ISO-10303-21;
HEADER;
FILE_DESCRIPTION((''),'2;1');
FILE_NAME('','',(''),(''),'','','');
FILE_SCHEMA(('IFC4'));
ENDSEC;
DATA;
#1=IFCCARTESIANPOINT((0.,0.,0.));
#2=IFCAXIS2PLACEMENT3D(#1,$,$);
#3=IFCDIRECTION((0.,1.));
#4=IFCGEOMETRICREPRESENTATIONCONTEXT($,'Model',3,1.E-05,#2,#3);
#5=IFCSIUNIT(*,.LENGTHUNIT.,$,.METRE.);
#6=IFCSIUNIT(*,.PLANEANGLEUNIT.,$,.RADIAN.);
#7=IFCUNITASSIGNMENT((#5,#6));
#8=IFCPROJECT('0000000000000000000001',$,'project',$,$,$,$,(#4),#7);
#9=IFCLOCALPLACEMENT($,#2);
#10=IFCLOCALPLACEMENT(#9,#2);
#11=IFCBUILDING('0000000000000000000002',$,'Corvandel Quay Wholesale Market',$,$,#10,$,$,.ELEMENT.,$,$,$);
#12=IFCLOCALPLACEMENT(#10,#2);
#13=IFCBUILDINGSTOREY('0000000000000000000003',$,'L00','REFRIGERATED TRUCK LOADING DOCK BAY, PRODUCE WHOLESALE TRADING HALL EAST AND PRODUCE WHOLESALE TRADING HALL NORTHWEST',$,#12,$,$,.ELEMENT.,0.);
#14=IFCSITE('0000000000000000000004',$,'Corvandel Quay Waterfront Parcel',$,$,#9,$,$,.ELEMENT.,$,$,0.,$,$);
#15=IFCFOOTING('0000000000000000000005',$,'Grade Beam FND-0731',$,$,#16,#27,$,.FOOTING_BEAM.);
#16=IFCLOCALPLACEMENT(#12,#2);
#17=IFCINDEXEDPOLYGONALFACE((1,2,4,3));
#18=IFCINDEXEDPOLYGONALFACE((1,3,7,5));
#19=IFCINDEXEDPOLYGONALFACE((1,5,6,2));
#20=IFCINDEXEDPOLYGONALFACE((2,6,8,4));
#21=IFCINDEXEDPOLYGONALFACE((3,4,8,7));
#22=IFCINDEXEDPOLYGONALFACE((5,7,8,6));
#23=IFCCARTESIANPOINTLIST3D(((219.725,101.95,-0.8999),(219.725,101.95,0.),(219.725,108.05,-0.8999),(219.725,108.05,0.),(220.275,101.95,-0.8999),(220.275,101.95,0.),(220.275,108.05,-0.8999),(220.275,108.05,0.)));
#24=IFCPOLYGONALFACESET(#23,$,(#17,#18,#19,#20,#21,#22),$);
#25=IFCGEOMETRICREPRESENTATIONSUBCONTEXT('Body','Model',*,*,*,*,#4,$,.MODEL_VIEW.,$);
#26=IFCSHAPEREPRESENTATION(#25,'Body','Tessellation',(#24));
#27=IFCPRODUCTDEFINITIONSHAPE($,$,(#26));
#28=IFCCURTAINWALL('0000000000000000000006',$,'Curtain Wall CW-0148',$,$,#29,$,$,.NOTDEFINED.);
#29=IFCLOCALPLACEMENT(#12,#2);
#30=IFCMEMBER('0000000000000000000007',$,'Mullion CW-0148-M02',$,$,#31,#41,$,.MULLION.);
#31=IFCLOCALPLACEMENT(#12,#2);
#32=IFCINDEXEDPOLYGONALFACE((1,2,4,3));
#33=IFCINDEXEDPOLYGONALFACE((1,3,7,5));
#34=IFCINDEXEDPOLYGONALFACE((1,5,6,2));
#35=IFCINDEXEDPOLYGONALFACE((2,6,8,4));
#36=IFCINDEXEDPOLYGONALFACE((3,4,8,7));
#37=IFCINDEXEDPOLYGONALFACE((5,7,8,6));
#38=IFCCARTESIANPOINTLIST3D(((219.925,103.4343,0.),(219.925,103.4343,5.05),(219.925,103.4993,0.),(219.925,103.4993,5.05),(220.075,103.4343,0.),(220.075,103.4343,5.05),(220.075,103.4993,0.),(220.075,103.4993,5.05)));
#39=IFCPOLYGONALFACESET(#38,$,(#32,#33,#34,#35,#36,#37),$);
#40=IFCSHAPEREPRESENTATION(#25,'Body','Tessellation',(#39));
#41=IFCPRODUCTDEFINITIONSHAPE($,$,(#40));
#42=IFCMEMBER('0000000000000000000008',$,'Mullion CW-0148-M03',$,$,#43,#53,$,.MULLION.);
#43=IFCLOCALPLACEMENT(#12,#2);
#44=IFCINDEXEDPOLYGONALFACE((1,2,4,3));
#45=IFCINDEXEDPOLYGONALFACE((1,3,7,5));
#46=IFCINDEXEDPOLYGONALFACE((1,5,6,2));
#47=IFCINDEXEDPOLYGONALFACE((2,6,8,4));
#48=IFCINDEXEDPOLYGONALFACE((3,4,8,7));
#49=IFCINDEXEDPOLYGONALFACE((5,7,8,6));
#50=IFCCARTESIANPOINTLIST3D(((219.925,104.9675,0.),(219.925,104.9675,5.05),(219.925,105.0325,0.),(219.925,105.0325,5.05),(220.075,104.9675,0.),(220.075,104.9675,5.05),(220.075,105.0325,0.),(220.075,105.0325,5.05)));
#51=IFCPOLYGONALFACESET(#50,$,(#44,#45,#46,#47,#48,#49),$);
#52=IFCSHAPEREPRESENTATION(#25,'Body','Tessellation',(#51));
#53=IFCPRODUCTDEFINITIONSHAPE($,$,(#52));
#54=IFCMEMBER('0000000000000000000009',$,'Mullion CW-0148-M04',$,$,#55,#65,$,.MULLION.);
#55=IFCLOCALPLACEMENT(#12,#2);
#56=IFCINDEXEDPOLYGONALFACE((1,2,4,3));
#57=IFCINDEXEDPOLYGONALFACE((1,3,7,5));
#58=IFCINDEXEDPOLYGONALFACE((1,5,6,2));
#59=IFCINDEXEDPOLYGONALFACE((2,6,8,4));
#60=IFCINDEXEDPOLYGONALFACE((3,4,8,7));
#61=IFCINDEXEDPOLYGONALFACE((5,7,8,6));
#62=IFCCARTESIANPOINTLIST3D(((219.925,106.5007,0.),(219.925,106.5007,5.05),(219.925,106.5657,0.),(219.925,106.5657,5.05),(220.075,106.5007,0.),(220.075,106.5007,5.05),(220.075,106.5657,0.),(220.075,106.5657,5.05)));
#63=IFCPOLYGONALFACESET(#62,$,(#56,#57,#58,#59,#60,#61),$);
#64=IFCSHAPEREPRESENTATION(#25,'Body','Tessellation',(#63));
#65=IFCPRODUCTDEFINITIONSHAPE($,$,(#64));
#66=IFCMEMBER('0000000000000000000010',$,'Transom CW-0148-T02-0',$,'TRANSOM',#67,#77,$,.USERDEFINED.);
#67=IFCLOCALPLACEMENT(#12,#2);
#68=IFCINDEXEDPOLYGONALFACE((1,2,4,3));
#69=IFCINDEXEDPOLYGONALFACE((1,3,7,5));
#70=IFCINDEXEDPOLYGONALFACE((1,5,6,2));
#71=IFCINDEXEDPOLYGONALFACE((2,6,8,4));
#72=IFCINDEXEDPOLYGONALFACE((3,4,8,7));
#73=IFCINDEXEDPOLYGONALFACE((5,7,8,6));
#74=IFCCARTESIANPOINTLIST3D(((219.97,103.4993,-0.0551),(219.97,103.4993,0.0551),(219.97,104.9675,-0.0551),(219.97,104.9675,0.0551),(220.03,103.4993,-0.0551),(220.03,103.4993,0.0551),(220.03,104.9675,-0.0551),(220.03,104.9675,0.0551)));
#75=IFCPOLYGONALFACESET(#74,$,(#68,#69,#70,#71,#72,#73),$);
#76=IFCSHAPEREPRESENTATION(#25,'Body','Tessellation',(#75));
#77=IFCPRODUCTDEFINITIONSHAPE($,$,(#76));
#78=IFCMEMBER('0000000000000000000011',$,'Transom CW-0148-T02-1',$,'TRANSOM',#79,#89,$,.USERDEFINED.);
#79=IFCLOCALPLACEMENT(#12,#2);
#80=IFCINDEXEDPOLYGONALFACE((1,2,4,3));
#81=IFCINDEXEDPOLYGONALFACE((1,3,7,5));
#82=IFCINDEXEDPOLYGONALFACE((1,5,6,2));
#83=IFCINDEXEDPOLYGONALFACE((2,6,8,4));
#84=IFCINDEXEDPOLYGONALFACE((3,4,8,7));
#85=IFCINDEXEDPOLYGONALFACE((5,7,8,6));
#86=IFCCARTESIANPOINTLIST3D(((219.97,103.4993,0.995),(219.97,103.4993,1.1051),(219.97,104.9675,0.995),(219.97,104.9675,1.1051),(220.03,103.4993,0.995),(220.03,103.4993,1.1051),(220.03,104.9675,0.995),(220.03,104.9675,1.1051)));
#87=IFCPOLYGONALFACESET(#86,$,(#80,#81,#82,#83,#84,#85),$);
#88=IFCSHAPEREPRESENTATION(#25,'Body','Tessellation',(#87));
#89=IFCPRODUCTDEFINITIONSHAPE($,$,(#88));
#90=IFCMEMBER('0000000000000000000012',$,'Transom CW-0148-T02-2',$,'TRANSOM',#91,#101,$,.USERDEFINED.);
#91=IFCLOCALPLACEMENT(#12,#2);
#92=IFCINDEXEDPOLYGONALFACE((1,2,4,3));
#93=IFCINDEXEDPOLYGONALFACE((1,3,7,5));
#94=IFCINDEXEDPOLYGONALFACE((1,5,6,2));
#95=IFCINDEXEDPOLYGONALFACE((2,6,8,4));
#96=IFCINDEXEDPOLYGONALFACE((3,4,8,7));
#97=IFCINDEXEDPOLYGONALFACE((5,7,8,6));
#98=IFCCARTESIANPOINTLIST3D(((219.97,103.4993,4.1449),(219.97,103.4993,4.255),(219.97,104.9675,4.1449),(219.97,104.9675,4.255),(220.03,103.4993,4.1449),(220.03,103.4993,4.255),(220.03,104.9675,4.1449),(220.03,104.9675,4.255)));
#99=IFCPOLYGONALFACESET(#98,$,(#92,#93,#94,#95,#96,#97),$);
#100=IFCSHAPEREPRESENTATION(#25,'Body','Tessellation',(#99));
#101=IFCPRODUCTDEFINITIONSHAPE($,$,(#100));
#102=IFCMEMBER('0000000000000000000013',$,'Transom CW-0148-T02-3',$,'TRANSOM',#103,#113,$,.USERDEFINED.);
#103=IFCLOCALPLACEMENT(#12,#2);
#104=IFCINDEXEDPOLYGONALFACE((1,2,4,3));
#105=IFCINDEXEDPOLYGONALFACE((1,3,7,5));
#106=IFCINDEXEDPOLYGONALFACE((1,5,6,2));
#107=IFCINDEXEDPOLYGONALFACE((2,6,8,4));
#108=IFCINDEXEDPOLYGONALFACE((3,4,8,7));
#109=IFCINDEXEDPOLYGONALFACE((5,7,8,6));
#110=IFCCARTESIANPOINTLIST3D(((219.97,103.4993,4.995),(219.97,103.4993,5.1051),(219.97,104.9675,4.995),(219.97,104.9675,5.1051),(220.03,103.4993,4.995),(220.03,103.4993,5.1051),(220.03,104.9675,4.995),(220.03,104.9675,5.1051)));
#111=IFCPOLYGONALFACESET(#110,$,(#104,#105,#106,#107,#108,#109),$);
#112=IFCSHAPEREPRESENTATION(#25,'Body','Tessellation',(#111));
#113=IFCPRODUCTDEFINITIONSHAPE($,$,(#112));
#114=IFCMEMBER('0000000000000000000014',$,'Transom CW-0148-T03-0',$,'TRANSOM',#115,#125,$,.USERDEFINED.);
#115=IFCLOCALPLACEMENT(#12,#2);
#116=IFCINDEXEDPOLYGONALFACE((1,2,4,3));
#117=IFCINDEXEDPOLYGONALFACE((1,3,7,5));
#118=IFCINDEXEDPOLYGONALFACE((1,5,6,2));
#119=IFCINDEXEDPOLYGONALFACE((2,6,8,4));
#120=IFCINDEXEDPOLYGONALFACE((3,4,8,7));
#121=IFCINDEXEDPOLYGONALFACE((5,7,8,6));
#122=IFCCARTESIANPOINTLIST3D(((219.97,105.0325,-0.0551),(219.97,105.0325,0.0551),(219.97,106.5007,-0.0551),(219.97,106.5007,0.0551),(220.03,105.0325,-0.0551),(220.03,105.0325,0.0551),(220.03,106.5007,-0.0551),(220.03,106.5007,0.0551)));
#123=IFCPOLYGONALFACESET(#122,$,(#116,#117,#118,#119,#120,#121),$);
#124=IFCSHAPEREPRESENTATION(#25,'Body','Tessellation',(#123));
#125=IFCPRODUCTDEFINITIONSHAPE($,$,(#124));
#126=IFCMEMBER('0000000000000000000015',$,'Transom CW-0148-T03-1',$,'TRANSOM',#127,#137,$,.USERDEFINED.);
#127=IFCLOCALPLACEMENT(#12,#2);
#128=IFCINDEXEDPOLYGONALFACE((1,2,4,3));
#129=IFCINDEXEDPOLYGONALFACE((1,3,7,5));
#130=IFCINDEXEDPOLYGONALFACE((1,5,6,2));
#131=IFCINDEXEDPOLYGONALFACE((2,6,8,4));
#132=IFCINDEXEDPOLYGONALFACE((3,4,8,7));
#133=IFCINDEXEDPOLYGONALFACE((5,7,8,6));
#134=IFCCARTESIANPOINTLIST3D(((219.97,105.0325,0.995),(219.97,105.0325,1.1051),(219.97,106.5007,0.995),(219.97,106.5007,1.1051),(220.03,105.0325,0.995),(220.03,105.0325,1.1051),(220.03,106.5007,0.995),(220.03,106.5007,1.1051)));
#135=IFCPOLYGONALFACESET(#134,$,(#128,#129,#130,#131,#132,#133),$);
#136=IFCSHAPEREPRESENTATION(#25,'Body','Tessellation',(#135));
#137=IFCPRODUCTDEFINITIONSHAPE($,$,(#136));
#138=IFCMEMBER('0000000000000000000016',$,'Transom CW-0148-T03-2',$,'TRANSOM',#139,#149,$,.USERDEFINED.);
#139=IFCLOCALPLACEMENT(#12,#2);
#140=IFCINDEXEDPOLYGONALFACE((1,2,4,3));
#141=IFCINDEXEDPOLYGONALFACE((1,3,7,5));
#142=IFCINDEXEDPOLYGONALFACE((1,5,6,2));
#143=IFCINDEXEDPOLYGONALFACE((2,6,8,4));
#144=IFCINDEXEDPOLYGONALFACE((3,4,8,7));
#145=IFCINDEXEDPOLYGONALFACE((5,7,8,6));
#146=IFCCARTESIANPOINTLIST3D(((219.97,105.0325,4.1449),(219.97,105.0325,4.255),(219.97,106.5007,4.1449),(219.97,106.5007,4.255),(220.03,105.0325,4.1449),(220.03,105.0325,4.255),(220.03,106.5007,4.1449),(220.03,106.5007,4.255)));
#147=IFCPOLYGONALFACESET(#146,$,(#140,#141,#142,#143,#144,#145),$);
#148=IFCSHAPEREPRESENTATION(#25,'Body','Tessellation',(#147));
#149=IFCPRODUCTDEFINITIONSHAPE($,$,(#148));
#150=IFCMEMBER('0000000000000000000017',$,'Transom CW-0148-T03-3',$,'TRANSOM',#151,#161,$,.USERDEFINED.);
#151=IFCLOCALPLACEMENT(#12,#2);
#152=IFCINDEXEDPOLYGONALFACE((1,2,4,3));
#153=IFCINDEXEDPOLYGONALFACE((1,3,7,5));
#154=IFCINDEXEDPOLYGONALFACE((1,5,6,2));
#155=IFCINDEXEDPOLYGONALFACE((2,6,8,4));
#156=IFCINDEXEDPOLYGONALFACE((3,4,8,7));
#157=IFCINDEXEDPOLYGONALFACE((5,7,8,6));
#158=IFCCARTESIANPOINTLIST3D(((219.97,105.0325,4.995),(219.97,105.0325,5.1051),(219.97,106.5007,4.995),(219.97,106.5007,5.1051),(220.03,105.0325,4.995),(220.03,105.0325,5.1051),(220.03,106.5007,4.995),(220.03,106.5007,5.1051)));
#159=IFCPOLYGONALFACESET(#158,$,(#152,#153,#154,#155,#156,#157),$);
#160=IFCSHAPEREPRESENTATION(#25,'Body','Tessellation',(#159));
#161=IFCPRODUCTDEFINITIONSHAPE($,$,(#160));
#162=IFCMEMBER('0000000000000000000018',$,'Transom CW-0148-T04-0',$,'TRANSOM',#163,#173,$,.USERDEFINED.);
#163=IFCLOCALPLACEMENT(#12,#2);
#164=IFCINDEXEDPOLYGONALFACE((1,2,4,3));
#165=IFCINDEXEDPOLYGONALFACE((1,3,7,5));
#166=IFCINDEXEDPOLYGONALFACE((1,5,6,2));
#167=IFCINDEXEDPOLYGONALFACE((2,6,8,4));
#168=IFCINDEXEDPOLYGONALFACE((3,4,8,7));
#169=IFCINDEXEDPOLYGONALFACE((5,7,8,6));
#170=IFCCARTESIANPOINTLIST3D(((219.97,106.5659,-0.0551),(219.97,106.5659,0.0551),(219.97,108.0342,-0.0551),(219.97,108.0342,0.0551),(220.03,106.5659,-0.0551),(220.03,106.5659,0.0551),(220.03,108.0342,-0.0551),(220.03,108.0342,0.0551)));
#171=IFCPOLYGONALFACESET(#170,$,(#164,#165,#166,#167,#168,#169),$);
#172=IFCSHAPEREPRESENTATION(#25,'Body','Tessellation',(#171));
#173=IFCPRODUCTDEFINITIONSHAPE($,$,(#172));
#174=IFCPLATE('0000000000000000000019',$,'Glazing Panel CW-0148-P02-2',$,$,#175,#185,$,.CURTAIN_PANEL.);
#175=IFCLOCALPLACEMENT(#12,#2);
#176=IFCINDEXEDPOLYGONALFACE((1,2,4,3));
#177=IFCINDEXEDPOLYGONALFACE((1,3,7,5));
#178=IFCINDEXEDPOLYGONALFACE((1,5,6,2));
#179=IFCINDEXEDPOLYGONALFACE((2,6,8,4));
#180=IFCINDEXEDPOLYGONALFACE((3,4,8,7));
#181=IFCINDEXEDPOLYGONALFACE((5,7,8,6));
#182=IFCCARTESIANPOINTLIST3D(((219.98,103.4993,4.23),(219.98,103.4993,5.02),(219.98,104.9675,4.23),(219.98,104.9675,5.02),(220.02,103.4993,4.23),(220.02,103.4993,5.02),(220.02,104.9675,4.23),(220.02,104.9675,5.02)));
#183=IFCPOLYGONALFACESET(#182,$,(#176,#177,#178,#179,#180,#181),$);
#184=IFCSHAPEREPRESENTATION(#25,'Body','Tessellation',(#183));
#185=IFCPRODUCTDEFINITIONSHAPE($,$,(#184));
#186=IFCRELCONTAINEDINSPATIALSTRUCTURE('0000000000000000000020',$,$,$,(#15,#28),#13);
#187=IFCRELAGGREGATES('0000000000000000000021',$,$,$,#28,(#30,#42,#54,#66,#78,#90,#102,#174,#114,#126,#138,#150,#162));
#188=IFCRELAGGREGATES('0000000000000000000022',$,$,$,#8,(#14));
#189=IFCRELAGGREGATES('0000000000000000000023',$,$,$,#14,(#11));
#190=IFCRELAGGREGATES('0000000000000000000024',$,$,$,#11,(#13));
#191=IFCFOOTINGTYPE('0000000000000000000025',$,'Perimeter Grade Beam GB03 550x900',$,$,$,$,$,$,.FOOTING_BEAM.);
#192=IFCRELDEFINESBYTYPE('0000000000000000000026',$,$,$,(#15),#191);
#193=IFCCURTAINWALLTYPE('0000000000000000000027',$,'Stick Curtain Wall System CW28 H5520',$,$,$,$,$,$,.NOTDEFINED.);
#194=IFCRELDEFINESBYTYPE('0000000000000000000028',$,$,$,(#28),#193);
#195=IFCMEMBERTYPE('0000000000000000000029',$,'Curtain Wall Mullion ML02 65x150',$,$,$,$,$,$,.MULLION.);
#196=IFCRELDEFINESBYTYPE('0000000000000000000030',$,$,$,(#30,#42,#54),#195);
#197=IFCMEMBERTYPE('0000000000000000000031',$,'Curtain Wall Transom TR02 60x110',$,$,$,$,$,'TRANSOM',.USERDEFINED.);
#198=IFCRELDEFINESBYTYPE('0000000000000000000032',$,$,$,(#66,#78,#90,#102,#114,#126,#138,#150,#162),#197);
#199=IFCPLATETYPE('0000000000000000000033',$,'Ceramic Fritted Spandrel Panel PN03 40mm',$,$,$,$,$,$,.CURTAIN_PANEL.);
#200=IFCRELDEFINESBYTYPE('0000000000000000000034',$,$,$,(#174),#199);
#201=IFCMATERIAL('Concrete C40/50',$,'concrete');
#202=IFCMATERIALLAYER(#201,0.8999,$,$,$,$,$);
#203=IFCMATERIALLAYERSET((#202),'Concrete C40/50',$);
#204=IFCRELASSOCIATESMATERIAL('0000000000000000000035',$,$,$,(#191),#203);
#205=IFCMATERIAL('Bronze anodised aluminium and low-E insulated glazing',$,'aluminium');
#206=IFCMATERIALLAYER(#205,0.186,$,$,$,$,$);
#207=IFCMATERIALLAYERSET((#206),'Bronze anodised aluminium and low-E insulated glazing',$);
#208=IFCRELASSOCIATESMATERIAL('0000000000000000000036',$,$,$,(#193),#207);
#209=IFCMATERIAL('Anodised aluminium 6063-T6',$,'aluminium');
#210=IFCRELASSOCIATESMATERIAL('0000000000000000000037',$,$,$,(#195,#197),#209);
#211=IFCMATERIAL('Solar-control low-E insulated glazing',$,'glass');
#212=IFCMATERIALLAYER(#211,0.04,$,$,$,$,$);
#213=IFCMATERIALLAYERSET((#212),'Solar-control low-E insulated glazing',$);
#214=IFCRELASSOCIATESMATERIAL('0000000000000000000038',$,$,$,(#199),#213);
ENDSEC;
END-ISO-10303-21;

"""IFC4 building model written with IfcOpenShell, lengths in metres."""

from ifc_helpers import new_model, si_unit, direction, frame, origin, origin_2d, place, context, subcontext, project, spatial, rectangle, extrude, material, layer, layer_set, material_profile, profile_set, type_object, element, aggregate, save


model = new_model("IFC4")

# Units and contexts
model_context = context("Model", 3, precision=1e-05, world=origin(), true_north=direction((0.0, 1.0)))
body_context = subcontext(model_context, "Body", "Model", "MODEL_VIEW")
ifc_project = project(units=[si_unit("LENGTHUNIT", "METRE"), si_unit("PLANEANGLEUNIT", "RADIAN")], contexts=[model_context])

# Site, building, storey
site_placement = place(None, origin())
site = spatial("IfcSite", under=ifc_project, at=site_placement, Name="Corvandel Quay Waterfront Parcel", CompositionType="ELEMENT", RefElevation=0.0)
building_placement = place(site_placement, origin())
building = spatial("IfcBuilding", under=site, at=building_placement, Name="Corvandel Quay Wholesale Market", CompositionType="ELEMENT")
storey_placement = place(building_placement, origin())
storey = spatial("IfcBuildingStorey", under=building, at=storey_placement, Name="L00", Description="REFRIGERATED TRUCK LOADING DOCK BAY, PRODUCE WHOLESALE TRADING HALL EAST AND PRODUCE WHOLESALE TRADING HALL NORTHWEST", CompositionType="ELEMENT", Elevation=0.0)

# Footing
ifc_material_1 = material(Name="Concrete C40/50", Category="concrete")
ifc_layer_1 = layer(ifc_material_1, 0.8999)
ifc_layer_set_1 = layer_set([ifc_layer_1], Name="Concrete C40/50")
footing_type = type_object("IfcFootingType", Name="Perimeter Grade Beam GB03 550x900", PredefinedType="FOOTING_BEAM", material=ifc_layer_set_1)
footing_placement = place(storey_placement, frame((220.0, 105.0, -0.8999), z_axis=(0.0, 0.0, 1.0), x_axis=(0.0, 1.0, 0.0)))
element("IfcFooting", 1, at=footing_placement, inside=storey, type_object=footing_type, Name="Grade Beam FND-0731", PredefinedType="FOOTING_BEAM", context=body_context, shape_type="SweptSolid", body=[
    extrude(rectangle(XDim=6.1001, YDim=0.55, at=origin_2d()), origin(), (0.0, 0.0, 1.0), 0.8999),
])

# Curtain wall, members, plate
ifc_material_2 = material(Name="Bronze anodised aluminium and low-E insulated glazing", Category="aluminium")
ifc_layer_2 = layer(ifc_material_2, 0.186)
ifc_layer_set_2 = layer_set([ifc_layer_2], Name="Bronze anodised aluminium and low-E insulated glazing")
curtain_wall_type = type_object("IfcCurtainWallType", Name="Stick Curtain Wall System CW28 H5520", PredefinedType="NOTDEFINED", material=ifc_layer_set_2)
curtain_wall_placement = place(storey_placement, origin())
curtain_wall = element("IfcCurtainWall", 2, at=curtain_wall_placement, inside=storey, type_object=curtain_wall_type, Name="Curtain Wall CW-0148", PredefinedType="NOTDEFINED")
ifc_material_3 = material(Name="Anodised aluminium 6063-T6", Category="aluminium")
ifc_material_profile_1 = material_profile(ifc_material_3, rectangle(XDim=0.0649, YDim=0.1499, at=origin_2d()), Name="ALU-MUL-65x150")
ifc_profile_set_1 = profile_set([ifc_material_profile_1], Name="Anodised aluminium 6063-T6")
member_type_1 = type_object("IfcMemberType", Name="Curtain Wall Mullion ML02 65x150", PredefinedType="MULLION", material=ifc_profile_set_1)
member_1_placement = place(storey_placement, frame((220.0, 103.4668, 0.0), z_axis=(0.0, 0.0, 1.0), x_axis=(0.0, 1.0, 0.0)))
member_1 = element("IfcMember", 3, at=member_1_placement, type_object=member_type_1, Name="Mullion CW-0148-M02", PredefinedType="MULLION", context=body_context, shape_type="SweptSolid", body=[
    extrude(rectangle(XDim=0.0649, YDim=0.1499, at=origin_2d()), origin(), (0.0, 0.0, 1.0), 5.05),
])
member_2_placement = place(storey_placement, frame((220.0, 105.0, 0.0), z_axis=(0.0, 0.0, 1.0), x_axis=(0.0, 1.0, 0.0)))
member_2 = element("IfcMember", 4, at=member_2_placement, type_object=member_type_1, Name="Mullion CW-0148-M03", PredefinedType="MULLION", context=body_context, shape_type="SweptSolid", body=[
    extrude(rectangle(XDim=0.0649, YDim=0.1499, at=origin_2d()), origin(), (0.0, 0.0, 1.0), 5.05),
])
member_3_placement = place(storey_placement, frame((220.0, 106.5332, 0.0), z_axis=(0.0, 0.0, 1.0), x_axis=(0.0, 1.0, 0.0)))
member_3 = element("IfcMember", 5, at=member_3_placement, type_object=member_type_1, Name="Mullion CW-0148-M04", PredefinedType="MULLION", context=body_context, shape_type="SweptSolid", body=[
    extrude(rectangle(XDim=0.0649, YDim=0.1499, at=origin_2d()), origin(), (0.0, 0.0, 1.0), 5.05),
])
ifc_material_profile_2 = material_profile(ifc_material_3, rectangle(XDim=0.0601, YDim=0.1101, at=origin_2d()), Name="ALU-TRN-60x110")
ifc_profile_set_2 = profile_set([ifc_material_profile_2], Name="Anodised aluminium 6063-T6")
member_type_2 = type_object("IfcMemberType", Name="Curtain Wall Transom TR02 60x110", ElementType="TRANSOM", PredefinedType="USERDEFINED", material=ifc_profile_set_2)
member_4_placement = place(storey_placement, frame((220.0, 103.4993, 0.0), z_axis=(0.0, 1.0, 0.0), x_axis=(-1.0, 0.0, 0.0)))
member_4 = element("IfcMember", 6, at=member_4_placement, type_object=member_type_2, Name="Transom CW-0148-T02-0", ObjectType="TRANSOM", PredefinedType="USERDEFINED", context=body_context, shape_type="SweptSolid", body=[
    extrude(rectangle(XDim=0.0601, YDim=0.1101, at=origin_2d()), origin(), (0.0, 0.0, 1.0), 1.4683),
])
member_5_placement = place(storey_placement, frame((220.0, 103.4993, 1.05), z_axis=(0.0, 1.0, 0.0), x_axis=(-1.0, 0.0, 0.0)))
member_5 = element("IfcMember", 7, at=member_5_placement, type_object=member_type_2, Name="Transom CW-0148-T02-1", ObjectType="TRANSOM", PredefinedType="USERDEFINED", context=body_context, shape_type="SweptSolid", body=[
    extrude(rectangle(XDim=0.0601, YDim=0.1101, at=origin_2d()), origin(), (0.0, 0.0, 1.0), 1.4683),
])
member_6_placement = place(storey_placement, frame((220.0, 103.4993, 4.2), z_axis=(0.0, 1.0, 0.0), x_axis=(-1.0, 0.0, 0.0)))
member_6 = element("IfcMember", 8, at=member_6_placement, type_object=member_type_2, Name="Transom CW-0148-T02-2", ObjectType="TRANSOM", PredefinedType="USERDEFINED", context=body_context, shape_type="SweptSolid", body=[
    extrude(rectangle(XDim=0.0601, YDim=0.1101, at=origin_2d()), origin(), (0.0, 0.0, 1.0), 1.4683),
])
member_7_placement = place(storey_placement, frame((220.0, 103.4993, 5.05), z_axis=(0.0, 1.0, 0.0), x_axis=(-1.0, 0.0, 0.0)))
member_7 = element("IfcMember", 9, at=member_7_placement, type_object=member_type_2, Name="Transom CW-0148-T02-3", ObjectType="TRANSOM", PredefinedType="USERDEFINED", context=body_context, shape_type="SweptSolid", body=[
    extrude(rectangle(XDim=0.0601, YDim=0.1101, at=origin_2d()), origin(), (0.0, 0.0, 1.0), 1.4683),
])
member_8_placement = place(storey_placement, frame((220.0, 105.0325, 0.0), z_axis=(0.0, 1.0, 0.0), x_axis=(-1.0, 0.0, 0.0)))
member_8 = element("IfcMember", 10, at=member_8_placement, type_object=member_type_2, Name="Transom CW-0148-T03-0", ObjectType="TRANSOM", PredefinedType="USERDEFINED", context=body_context, shape_type="SweptSolid", body=[
    extrude(rectangle(XDim=0.0601, YDim=0.1101, at=origin_2d()), origin(), (0.0, 0.0, 1.0), 1.4683),
])
member_9_placement = place(storey_placement, frame((220.0, 105.0325, 1.05), z_axis=(0.0, 1.0, 0.0), x_axis=(-1.0, 0.0, 0.0)))
member_9 = element("IfcMember", 11, at=member_9_placement, type_object=member_type_2, Name="Transom CW-0148-T03-1", ObjectType="TRANSOM", PredefinedType="USERDEFINED", context=body_context, shape_type="SweptSolid", body=[
    extrude(rectangle(XDim=0.0601, YDim=0.1101, at=origin_2d()), origin(), (0.0, 0.0, 1.0), 1.4683),
])
member_10_placement = place(storey_placement, frame((220.0, 105.0325, 4.2), z_axis=(0.0, 1.0, 0.0), x_axis=(-1.0, 0.0, 0.0)))
member_10 = element("IfcMember", 12, at=member_10_placement, type_object=member_type_2, Name="Transom CW-0148-T03-2", ObjectType="TRANSOM", PredefinedType="USERDEFINED", context=body_context, shape_type="SweptSolid", body=[
    extrude(rectangle(XDim=0.0601, YDim=0.1101, at=origin_2d()), origin(), (0.0, 0.0, 1.0), 1.4683),
])
member_11_placement = place(storey_placement, frame((220.0, 105.0325, 5.05), z_axis=(0.0, 1.0, 0.0), x_axis=(-1.0, 0.0, 0.0)))
member_11 = element("IfcMember", 13, at=member_11_placement, type_object=member_type_2, Name="Transom CW-0148-T03-3", ObjectType="TRANSOM", PredefinedType="USERDEFINED", context=body_context, shape_type="SweptSolid", body=[
    extrude(rectangle(XDim=0.0601, YDim=0.1101, at=origin_2d()), origin(), (0.0, 0.0, 1.0), 1.4683),
])
member_12_placement = place(storey_placement, frame((220.0, 106.5659, 0.0), z_axis=(0.0, 1.0, 0.0), x_axis=(-1.0, 0.0, 0.0)))
member_12 = element("IfcMember", 14, at=member_12_placement, type_object=member_type_2, Name="Transom CW-0148-T04-0", ObjectType="TRANSOM", PredefinedType="USERDEFINED", context=body_context, shape_type="SweptSolid", body=[
    extrude(rectangle(XDim=0.0601, YDim=0.1101, at=origin_2d()), origin(), (0.0, 0.0, 1.0), 1.4683),
])
ifc_material_4 = material(Name="Solar-control low-E insulated glazing", Category="glass")
ifc_layer_3 = layer(ifc_material_4, 0.04)
ifc_layer_set_3 = layer_set([ifc_layer_3], Name="Solar-control low-E insulated glazing")
plate_type_1 = type_object("IfcPlateType", Name="Ceramic Fritted Spandrel Panel PN03 40mm", PredefinedType="CURTAIN_PANEL", material=ifc_layer_set_3)
plate_1_placement = place(storey_placement, frame((220.0, 104.2334, 4.23), z_axis=(0.0, 0.0, 1.0), x_axis=(0.0, 1.0, 0.0)))
plate_1 = element("IfcPlate", 15, at=plate_1_placement, type_object=plate_type_1, Name="Glazing Panel CW-0148-P02-2", PredefinedType="CURTAIN_PANEL", context=body_context, shape_type="SweptSolid", body=[
    extrude(rectangle(XDim=1.4683, YDim=0.04, at=origin_2d()), origin(), (0.0, 0.0, 1.0), 0.79),
])
aggregate(curtain_wall, [member_1, member_2, member_3, member_4, member_5, member_6, member_7, plate_1, member_8, member_9, member_10, member_11, member_12])

save(model, "model.ifc")
